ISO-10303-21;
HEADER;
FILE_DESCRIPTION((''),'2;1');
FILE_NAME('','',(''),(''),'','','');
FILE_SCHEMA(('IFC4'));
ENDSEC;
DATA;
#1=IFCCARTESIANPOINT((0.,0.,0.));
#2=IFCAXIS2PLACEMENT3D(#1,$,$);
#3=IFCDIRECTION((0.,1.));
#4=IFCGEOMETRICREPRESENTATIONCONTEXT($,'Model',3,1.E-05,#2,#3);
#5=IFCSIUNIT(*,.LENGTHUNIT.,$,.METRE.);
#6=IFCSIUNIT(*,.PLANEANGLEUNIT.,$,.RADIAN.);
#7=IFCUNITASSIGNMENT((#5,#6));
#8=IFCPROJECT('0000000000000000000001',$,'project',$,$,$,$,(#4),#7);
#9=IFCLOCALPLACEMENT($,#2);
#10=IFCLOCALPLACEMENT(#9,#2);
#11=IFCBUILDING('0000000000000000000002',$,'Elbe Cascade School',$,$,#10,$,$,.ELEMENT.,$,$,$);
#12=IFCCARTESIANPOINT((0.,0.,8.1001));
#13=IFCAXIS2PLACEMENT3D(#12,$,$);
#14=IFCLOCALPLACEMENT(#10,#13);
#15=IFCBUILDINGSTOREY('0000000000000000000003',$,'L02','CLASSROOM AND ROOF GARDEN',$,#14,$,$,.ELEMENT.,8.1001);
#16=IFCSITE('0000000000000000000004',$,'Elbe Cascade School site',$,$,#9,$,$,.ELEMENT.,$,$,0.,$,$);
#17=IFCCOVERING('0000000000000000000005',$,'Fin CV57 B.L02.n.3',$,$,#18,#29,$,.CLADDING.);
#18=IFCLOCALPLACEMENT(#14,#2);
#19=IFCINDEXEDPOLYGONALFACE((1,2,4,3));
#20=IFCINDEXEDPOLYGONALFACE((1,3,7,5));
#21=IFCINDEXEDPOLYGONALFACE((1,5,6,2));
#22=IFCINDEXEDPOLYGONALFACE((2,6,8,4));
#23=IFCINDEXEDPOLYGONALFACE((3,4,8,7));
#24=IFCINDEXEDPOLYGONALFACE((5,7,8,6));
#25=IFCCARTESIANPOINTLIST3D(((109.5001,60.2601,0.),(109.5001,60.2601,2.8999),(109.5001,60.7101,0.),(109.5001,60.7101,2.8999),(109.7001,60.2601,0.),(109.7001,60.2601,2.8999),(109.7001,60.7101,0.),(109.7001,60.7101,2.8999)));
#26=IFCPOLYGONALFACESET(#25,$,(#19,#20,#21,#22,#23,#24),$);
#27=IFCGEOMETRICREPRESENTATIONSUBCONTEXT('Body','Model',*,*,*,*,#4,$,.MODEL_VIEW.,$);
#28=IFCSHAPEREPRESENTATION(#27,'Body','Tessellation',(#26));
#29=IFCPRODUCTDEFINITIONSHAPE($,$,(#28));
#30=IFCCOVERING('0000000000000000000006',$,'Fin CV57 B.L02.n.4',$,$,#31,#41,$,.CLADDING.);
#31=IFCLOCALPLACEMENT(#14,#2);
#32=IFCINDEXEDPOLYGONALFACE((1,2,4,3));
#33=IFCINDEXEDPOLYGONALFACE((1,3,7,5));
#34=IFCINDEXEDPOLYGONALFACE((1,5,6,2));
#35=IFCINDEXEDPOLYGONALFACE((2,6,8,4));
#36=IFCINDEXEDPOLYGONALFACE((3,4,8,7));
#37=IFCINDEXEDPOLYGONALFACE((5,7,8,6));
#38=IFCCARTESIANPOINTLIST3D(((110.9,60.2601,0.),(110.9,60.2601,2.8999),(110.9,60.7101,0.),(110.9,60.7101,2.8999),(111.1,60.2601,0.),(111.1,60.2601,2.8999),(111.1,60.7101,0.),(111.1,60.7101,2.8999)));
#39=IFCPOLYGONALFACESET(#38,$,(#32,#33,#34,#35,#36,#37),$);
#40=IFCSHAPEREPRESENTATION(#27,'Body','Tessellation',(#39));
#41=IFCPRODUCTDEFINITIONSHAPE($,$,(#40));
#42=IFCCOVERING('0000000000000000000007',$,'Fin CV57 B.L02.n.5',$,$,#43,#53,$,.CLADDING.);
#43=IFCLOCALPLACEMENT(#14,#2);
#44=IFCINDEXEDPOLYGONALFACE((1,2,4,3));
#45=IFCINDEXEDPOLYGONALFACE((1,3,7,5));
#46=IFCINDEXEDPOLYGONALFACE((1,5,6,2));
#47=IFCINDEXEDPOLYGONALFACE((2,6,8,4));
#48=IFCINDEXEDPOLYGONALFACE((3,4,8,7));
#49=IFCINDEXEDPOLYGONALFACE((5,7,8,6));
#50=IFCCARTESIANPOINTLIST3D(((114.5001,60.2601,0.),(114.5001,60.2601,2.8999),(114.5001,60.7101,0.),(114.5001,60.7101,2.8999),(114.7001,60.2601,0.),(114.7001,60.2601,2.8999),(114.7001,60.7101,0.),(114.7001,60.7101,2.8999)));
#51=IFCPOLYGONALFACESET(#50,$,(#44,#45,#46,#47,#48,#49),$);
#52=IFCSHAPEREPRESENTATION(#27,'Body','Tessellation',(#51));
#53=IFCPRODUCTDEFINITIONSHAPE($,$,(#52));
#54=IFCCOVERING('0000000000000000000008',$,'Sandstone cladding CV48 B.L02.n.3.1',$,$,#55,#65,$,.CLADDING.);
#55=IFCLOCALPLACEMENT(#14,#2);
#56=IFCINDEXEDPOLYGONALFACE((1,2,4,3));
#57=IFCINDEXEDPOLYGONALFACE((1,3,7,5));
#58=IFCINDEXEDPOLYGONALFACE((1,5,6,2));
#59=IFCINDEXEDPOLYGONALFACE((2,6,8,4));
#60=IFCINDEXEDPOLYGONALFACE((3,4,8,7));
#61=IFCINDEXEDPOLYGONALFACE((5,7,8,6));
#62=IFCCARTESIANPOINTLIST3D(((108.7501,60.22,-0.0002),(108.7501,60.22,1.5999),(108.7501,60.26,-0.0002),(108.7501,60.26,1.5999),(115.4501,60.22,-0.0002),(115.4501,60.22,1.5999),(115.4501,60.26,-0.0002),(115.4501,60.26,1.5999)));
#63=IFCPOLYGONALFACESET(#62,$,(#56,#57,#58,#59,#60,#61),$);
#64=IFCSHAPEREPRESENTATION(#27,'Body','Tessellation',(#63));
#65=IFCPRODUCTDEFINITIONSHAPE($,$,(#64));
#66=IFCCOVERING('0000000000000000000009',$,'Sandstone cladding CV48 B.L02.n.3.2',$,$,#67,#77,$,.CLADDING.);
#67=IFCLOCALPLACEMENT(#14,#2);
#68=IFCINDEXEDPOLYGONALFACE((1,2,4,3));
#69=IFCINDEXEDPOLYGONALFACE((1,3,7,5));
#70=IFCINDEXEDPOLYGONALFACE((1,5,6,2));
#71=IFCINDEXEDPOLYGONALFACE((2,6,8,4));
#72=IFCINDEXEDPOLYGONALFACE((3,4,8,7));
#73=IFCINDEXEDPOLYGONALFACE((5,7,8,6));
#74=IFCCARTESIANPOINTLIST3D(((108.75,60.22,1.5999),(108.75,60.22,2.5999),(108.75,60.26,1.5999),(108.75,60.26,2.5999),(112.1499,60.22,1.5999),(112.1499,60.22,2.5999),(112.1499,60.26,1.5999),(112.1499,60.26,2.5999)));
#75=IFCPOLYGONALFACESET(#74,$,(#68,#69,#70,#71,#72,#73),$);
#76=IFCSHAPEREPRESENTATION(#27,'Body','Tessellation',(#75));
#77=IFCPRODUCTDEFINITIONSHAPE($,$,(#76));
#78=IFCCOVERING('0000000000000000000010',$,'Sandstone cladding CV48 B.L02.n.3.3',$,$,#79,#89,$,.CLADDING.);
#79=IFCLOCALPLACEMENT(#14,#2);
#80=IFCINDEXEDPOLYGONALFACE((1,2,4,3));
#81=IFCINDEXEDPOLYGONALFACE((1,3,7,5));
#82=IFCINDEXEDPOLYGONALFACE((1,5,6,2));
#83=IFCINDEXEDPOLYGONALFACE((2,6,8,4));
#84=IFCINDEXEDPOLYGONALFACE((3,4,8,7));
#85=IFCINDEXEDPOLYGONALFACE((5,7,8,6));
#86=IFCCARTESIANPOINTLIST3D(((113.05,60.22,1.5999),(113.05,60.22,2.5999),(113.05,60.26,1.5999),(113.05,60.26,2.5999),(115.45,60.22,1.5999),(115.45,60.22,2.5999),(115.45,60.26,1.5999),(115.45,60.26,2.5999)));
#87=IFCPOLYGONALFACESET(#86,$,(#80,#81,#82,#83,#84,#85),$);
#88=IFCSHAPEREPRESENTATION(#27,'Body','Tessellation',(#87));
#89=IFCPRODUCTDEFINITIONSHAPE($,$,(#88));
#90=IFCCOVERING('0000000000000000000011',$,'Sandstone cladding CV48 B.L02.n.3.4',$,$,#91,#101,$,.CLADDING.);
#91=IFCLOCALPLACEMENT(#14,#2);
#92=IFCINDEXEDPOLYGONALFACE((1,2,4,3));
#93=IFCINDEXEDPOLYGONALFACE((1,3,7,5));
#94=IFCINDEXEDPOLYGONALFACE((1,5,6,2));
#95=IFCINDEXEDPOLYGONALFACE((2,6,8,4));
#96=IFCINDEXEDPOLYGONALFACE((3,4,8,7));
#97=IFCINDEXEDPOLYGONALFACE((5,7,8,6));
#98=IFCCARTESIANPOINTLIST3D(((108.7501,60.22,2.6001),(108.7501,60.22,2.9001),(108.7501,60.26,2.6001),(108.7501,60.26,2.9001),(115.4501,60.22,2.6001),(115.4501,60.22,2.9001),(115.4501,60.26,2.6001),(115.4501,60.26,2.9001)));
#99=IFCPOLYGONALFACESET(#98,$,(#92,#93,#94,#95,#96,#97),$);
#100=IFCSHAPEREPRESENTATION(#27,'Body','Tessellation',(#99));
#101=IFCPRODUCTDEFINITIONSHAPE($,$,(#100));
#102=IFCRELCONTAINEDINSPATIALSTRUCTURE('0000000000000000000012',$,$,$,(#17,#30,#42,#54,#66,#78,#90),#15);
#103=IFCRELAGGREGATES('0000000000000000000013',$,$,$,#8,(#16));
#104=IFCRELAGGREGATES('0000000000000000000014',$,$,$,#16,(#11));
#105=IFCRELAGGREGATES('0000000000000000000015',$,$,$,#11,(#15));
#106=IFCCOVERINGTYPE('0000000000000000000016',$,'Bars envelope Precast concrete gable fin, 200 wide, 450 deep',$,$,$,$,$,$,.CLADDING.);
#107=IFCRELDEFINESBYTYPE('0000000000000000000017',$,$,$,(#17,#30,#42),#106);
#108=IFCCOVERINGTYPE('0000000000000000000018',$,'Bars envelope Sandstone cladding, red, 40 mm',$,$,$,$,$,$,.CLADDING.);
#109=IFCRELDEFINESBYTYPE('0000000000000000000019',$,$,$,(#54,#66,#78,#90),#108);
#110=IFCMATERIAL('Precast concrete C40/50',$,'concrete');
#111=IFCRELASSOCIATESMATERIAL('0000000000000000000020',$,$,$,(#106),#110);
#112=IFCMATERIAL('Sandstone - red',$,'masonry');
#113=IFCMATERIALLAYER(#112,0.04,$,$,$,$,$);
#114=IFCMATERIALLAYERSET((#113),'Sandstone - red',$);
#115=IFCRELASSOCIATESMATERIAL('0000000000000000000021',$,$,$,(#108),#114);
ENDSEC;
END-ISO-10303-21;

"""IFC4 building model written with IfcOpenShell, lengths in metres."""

from ifc_helpers import new_model, si_unit, direction, frame, origin, origin_2d, place, context, subcontext, project, spatial, rectangle, extrude, material, layer, layer_set, type_object, element, save


model = new_model("IFC4")

# Units and contexts
model_context = context("Model", 3, precision=1e-05, world=origin(), true_north=direction((0.0, 1.0)))
body_context = subcontext(model_context, "Body", "Model", "MODEL_VIEW")
ifc_project = project(units=[si_unit("LENGTHUNIT", "METRE"), si_unit("PLANEANGLEUNIT", "RADIAN")], contexts=[model_context])

# Site, building, storey
site_placement = place(None, origin())
site = spatial("IfcSite", under=ifc_project, at=site_placement, Name="Elbe Cascade School site", CompositionType="ELEMENT", RefElevation=0.0)
building_placement = place(site_placement, origin())
building = spatial("IfcBuilding", under=site, at=building_placement, Name="Elbe Cascade School", CompositionType="ELEMENT")
storey_placement = place(building_placement, frame((0.0, 0.0, 8.1001)))
storey = spatial("IfcBuildingStorey", under=building, at=storey_placement, Name="L02", Description="CLASSROOM AND ROOF GARDEN", CompositionType="ELEMENT", Elevation=8.1001)

# Coverings
ifc_material_1 = material(Name="Precast concrete C40/50", Category="concrete")
covering_type_1 = type_object("IfcCoveringType", Name="Bars envelope Precast concrete gable fin, 200 wide, 450 deep", PredefinedType="CLADDING", material=ifc_material_1)
for number, where, z_axis, x_axis, name in (
    (1, (109.6001, 60.4851, 0.0), (0.0, 0.0, 1.0), (1.0, 0.0, 0.0), "Fin CV57 B.L02.n.3"),
    (2, (111.0, 60.4851, 0.0), (0.0, 0.0, 1.0), (1.0, 0.0, 0.0), "Fin CV57 B.L02.n.4"),
    (3, (114.6001, 60.4851, 0.0), (0.0, 0.0, 1.0), (1.0, 0.0, 0.0), "Fin CV57 B.L02.n.5"),
):
    element("IfcCovering", number, at=place(storey_placement, frame(where, z_axis=z_axis, x_axis=x_axis)), inside=storey, type_object=covering_type_1, Name=name, PredefinedType="CLADDING", context=body_context, shape_type="SweptSolid", body=[
        extrude(rectangle(XDim=0.2, YDim=0.45, at=origin_2d()), origin(), (0.0, 0.0, 1.0), 2.8999),
    ])
ifc_material_2 = material(Name="Sandstone - red", Category="masonry")
ifc_layer_1 = layer(ifc_material_2, 0.04)
ifc_layer_set_1 = layer_set([ifc_layer_1], Name="Sandstone - red")
covering_type_2 = type_object("IfcCoveringType", Name="Bars envelope Sandstone cladding, red, 40 mm", PredefinedType="CLADDING", material=ifc_layer_set_1)
covering_1_placement = place(storey_placement, frame((112.1001, 60.24, -0.0002), z_axis=(0.0, 0.0, 1.0), x_axis=(1.0, 0.0, 0.0)))
element("IfcCovering", 4, at=covering_1_placement, inside=storey, type_object=covering_type_2, Name="Sandstone cladding CV48 B.L02.n.3.1", PredefinedType="CLADDING", context=body_context, shape_type="SweptSolid", body=[
    extrude(rectangle(XDim=6.7, YDim=0.04, at=origin_2d()), origin(), (0.0, 0.0, 1.0), 1.6001),
])
covering_2_placement = place(storey_placement, frame((110.45, 60.24, 1.5999), z_axis=(0.0, 0.0, 1.0), x_axis=(1.0, 0.0, 0.0)))
element("IfcCovering", 5, at=covering_2_placement, inside=storey, type_object=covering_type_2, Name="Sandstone cladding CV48 B.L02.n.3.2", PredefinedType="CLADDING", context=body_context, shape_type="SweptSolid", body=[
    extrude(rectangle(XDim=3.3999, YDim=0.04, at=origin_2d()), origin(), (0.0, 0.0, 1.0), 1.0),
])
covering_3_placement = place(storey_placement, frame((114.25, 60.24, 1.5999), z_axis=(0.0, 0.0, 1.0), x_axis=(1.0, 0.0, 0.0)))
element("IfcCovering", 6, at=covering_3_placement, inside=storey, type_object=covering_type_2, Name="Sandstone cladding CV48 B.L02.n.3.3", PredefinedType="CLADDING", context=body_context, shape_type="SweptSolid", body=[
    extrude(rectangle(XDim=2.3999, YDim=0.04, at=origin_2d()), origin(), (0.0, 0.0, 1.0), 1.0),
])
covering_4_placement = place(storey_placement, frame((112.1001, 60.24, 2.6001), z_axis=(0.0, 0.0, 1.0), x_axis=(1.0, 0.0, 0.0)))
element("IfcCovering", 7, at=covering_4_placement, inside=storey, type_object=covering_type_2, Name="Sandstone cladding CV48 B.L02.n.3.4", PredefinedType="CLADDING", context=body_context, shape_type="SweptSolid", body=[
    extrude(rectangle(XDim=6.7, YDim=0.04, at=origin_2d()), origin(), (0.0, 0.0, 1.0), 0.3),
])

save(model, "model.ifc")
